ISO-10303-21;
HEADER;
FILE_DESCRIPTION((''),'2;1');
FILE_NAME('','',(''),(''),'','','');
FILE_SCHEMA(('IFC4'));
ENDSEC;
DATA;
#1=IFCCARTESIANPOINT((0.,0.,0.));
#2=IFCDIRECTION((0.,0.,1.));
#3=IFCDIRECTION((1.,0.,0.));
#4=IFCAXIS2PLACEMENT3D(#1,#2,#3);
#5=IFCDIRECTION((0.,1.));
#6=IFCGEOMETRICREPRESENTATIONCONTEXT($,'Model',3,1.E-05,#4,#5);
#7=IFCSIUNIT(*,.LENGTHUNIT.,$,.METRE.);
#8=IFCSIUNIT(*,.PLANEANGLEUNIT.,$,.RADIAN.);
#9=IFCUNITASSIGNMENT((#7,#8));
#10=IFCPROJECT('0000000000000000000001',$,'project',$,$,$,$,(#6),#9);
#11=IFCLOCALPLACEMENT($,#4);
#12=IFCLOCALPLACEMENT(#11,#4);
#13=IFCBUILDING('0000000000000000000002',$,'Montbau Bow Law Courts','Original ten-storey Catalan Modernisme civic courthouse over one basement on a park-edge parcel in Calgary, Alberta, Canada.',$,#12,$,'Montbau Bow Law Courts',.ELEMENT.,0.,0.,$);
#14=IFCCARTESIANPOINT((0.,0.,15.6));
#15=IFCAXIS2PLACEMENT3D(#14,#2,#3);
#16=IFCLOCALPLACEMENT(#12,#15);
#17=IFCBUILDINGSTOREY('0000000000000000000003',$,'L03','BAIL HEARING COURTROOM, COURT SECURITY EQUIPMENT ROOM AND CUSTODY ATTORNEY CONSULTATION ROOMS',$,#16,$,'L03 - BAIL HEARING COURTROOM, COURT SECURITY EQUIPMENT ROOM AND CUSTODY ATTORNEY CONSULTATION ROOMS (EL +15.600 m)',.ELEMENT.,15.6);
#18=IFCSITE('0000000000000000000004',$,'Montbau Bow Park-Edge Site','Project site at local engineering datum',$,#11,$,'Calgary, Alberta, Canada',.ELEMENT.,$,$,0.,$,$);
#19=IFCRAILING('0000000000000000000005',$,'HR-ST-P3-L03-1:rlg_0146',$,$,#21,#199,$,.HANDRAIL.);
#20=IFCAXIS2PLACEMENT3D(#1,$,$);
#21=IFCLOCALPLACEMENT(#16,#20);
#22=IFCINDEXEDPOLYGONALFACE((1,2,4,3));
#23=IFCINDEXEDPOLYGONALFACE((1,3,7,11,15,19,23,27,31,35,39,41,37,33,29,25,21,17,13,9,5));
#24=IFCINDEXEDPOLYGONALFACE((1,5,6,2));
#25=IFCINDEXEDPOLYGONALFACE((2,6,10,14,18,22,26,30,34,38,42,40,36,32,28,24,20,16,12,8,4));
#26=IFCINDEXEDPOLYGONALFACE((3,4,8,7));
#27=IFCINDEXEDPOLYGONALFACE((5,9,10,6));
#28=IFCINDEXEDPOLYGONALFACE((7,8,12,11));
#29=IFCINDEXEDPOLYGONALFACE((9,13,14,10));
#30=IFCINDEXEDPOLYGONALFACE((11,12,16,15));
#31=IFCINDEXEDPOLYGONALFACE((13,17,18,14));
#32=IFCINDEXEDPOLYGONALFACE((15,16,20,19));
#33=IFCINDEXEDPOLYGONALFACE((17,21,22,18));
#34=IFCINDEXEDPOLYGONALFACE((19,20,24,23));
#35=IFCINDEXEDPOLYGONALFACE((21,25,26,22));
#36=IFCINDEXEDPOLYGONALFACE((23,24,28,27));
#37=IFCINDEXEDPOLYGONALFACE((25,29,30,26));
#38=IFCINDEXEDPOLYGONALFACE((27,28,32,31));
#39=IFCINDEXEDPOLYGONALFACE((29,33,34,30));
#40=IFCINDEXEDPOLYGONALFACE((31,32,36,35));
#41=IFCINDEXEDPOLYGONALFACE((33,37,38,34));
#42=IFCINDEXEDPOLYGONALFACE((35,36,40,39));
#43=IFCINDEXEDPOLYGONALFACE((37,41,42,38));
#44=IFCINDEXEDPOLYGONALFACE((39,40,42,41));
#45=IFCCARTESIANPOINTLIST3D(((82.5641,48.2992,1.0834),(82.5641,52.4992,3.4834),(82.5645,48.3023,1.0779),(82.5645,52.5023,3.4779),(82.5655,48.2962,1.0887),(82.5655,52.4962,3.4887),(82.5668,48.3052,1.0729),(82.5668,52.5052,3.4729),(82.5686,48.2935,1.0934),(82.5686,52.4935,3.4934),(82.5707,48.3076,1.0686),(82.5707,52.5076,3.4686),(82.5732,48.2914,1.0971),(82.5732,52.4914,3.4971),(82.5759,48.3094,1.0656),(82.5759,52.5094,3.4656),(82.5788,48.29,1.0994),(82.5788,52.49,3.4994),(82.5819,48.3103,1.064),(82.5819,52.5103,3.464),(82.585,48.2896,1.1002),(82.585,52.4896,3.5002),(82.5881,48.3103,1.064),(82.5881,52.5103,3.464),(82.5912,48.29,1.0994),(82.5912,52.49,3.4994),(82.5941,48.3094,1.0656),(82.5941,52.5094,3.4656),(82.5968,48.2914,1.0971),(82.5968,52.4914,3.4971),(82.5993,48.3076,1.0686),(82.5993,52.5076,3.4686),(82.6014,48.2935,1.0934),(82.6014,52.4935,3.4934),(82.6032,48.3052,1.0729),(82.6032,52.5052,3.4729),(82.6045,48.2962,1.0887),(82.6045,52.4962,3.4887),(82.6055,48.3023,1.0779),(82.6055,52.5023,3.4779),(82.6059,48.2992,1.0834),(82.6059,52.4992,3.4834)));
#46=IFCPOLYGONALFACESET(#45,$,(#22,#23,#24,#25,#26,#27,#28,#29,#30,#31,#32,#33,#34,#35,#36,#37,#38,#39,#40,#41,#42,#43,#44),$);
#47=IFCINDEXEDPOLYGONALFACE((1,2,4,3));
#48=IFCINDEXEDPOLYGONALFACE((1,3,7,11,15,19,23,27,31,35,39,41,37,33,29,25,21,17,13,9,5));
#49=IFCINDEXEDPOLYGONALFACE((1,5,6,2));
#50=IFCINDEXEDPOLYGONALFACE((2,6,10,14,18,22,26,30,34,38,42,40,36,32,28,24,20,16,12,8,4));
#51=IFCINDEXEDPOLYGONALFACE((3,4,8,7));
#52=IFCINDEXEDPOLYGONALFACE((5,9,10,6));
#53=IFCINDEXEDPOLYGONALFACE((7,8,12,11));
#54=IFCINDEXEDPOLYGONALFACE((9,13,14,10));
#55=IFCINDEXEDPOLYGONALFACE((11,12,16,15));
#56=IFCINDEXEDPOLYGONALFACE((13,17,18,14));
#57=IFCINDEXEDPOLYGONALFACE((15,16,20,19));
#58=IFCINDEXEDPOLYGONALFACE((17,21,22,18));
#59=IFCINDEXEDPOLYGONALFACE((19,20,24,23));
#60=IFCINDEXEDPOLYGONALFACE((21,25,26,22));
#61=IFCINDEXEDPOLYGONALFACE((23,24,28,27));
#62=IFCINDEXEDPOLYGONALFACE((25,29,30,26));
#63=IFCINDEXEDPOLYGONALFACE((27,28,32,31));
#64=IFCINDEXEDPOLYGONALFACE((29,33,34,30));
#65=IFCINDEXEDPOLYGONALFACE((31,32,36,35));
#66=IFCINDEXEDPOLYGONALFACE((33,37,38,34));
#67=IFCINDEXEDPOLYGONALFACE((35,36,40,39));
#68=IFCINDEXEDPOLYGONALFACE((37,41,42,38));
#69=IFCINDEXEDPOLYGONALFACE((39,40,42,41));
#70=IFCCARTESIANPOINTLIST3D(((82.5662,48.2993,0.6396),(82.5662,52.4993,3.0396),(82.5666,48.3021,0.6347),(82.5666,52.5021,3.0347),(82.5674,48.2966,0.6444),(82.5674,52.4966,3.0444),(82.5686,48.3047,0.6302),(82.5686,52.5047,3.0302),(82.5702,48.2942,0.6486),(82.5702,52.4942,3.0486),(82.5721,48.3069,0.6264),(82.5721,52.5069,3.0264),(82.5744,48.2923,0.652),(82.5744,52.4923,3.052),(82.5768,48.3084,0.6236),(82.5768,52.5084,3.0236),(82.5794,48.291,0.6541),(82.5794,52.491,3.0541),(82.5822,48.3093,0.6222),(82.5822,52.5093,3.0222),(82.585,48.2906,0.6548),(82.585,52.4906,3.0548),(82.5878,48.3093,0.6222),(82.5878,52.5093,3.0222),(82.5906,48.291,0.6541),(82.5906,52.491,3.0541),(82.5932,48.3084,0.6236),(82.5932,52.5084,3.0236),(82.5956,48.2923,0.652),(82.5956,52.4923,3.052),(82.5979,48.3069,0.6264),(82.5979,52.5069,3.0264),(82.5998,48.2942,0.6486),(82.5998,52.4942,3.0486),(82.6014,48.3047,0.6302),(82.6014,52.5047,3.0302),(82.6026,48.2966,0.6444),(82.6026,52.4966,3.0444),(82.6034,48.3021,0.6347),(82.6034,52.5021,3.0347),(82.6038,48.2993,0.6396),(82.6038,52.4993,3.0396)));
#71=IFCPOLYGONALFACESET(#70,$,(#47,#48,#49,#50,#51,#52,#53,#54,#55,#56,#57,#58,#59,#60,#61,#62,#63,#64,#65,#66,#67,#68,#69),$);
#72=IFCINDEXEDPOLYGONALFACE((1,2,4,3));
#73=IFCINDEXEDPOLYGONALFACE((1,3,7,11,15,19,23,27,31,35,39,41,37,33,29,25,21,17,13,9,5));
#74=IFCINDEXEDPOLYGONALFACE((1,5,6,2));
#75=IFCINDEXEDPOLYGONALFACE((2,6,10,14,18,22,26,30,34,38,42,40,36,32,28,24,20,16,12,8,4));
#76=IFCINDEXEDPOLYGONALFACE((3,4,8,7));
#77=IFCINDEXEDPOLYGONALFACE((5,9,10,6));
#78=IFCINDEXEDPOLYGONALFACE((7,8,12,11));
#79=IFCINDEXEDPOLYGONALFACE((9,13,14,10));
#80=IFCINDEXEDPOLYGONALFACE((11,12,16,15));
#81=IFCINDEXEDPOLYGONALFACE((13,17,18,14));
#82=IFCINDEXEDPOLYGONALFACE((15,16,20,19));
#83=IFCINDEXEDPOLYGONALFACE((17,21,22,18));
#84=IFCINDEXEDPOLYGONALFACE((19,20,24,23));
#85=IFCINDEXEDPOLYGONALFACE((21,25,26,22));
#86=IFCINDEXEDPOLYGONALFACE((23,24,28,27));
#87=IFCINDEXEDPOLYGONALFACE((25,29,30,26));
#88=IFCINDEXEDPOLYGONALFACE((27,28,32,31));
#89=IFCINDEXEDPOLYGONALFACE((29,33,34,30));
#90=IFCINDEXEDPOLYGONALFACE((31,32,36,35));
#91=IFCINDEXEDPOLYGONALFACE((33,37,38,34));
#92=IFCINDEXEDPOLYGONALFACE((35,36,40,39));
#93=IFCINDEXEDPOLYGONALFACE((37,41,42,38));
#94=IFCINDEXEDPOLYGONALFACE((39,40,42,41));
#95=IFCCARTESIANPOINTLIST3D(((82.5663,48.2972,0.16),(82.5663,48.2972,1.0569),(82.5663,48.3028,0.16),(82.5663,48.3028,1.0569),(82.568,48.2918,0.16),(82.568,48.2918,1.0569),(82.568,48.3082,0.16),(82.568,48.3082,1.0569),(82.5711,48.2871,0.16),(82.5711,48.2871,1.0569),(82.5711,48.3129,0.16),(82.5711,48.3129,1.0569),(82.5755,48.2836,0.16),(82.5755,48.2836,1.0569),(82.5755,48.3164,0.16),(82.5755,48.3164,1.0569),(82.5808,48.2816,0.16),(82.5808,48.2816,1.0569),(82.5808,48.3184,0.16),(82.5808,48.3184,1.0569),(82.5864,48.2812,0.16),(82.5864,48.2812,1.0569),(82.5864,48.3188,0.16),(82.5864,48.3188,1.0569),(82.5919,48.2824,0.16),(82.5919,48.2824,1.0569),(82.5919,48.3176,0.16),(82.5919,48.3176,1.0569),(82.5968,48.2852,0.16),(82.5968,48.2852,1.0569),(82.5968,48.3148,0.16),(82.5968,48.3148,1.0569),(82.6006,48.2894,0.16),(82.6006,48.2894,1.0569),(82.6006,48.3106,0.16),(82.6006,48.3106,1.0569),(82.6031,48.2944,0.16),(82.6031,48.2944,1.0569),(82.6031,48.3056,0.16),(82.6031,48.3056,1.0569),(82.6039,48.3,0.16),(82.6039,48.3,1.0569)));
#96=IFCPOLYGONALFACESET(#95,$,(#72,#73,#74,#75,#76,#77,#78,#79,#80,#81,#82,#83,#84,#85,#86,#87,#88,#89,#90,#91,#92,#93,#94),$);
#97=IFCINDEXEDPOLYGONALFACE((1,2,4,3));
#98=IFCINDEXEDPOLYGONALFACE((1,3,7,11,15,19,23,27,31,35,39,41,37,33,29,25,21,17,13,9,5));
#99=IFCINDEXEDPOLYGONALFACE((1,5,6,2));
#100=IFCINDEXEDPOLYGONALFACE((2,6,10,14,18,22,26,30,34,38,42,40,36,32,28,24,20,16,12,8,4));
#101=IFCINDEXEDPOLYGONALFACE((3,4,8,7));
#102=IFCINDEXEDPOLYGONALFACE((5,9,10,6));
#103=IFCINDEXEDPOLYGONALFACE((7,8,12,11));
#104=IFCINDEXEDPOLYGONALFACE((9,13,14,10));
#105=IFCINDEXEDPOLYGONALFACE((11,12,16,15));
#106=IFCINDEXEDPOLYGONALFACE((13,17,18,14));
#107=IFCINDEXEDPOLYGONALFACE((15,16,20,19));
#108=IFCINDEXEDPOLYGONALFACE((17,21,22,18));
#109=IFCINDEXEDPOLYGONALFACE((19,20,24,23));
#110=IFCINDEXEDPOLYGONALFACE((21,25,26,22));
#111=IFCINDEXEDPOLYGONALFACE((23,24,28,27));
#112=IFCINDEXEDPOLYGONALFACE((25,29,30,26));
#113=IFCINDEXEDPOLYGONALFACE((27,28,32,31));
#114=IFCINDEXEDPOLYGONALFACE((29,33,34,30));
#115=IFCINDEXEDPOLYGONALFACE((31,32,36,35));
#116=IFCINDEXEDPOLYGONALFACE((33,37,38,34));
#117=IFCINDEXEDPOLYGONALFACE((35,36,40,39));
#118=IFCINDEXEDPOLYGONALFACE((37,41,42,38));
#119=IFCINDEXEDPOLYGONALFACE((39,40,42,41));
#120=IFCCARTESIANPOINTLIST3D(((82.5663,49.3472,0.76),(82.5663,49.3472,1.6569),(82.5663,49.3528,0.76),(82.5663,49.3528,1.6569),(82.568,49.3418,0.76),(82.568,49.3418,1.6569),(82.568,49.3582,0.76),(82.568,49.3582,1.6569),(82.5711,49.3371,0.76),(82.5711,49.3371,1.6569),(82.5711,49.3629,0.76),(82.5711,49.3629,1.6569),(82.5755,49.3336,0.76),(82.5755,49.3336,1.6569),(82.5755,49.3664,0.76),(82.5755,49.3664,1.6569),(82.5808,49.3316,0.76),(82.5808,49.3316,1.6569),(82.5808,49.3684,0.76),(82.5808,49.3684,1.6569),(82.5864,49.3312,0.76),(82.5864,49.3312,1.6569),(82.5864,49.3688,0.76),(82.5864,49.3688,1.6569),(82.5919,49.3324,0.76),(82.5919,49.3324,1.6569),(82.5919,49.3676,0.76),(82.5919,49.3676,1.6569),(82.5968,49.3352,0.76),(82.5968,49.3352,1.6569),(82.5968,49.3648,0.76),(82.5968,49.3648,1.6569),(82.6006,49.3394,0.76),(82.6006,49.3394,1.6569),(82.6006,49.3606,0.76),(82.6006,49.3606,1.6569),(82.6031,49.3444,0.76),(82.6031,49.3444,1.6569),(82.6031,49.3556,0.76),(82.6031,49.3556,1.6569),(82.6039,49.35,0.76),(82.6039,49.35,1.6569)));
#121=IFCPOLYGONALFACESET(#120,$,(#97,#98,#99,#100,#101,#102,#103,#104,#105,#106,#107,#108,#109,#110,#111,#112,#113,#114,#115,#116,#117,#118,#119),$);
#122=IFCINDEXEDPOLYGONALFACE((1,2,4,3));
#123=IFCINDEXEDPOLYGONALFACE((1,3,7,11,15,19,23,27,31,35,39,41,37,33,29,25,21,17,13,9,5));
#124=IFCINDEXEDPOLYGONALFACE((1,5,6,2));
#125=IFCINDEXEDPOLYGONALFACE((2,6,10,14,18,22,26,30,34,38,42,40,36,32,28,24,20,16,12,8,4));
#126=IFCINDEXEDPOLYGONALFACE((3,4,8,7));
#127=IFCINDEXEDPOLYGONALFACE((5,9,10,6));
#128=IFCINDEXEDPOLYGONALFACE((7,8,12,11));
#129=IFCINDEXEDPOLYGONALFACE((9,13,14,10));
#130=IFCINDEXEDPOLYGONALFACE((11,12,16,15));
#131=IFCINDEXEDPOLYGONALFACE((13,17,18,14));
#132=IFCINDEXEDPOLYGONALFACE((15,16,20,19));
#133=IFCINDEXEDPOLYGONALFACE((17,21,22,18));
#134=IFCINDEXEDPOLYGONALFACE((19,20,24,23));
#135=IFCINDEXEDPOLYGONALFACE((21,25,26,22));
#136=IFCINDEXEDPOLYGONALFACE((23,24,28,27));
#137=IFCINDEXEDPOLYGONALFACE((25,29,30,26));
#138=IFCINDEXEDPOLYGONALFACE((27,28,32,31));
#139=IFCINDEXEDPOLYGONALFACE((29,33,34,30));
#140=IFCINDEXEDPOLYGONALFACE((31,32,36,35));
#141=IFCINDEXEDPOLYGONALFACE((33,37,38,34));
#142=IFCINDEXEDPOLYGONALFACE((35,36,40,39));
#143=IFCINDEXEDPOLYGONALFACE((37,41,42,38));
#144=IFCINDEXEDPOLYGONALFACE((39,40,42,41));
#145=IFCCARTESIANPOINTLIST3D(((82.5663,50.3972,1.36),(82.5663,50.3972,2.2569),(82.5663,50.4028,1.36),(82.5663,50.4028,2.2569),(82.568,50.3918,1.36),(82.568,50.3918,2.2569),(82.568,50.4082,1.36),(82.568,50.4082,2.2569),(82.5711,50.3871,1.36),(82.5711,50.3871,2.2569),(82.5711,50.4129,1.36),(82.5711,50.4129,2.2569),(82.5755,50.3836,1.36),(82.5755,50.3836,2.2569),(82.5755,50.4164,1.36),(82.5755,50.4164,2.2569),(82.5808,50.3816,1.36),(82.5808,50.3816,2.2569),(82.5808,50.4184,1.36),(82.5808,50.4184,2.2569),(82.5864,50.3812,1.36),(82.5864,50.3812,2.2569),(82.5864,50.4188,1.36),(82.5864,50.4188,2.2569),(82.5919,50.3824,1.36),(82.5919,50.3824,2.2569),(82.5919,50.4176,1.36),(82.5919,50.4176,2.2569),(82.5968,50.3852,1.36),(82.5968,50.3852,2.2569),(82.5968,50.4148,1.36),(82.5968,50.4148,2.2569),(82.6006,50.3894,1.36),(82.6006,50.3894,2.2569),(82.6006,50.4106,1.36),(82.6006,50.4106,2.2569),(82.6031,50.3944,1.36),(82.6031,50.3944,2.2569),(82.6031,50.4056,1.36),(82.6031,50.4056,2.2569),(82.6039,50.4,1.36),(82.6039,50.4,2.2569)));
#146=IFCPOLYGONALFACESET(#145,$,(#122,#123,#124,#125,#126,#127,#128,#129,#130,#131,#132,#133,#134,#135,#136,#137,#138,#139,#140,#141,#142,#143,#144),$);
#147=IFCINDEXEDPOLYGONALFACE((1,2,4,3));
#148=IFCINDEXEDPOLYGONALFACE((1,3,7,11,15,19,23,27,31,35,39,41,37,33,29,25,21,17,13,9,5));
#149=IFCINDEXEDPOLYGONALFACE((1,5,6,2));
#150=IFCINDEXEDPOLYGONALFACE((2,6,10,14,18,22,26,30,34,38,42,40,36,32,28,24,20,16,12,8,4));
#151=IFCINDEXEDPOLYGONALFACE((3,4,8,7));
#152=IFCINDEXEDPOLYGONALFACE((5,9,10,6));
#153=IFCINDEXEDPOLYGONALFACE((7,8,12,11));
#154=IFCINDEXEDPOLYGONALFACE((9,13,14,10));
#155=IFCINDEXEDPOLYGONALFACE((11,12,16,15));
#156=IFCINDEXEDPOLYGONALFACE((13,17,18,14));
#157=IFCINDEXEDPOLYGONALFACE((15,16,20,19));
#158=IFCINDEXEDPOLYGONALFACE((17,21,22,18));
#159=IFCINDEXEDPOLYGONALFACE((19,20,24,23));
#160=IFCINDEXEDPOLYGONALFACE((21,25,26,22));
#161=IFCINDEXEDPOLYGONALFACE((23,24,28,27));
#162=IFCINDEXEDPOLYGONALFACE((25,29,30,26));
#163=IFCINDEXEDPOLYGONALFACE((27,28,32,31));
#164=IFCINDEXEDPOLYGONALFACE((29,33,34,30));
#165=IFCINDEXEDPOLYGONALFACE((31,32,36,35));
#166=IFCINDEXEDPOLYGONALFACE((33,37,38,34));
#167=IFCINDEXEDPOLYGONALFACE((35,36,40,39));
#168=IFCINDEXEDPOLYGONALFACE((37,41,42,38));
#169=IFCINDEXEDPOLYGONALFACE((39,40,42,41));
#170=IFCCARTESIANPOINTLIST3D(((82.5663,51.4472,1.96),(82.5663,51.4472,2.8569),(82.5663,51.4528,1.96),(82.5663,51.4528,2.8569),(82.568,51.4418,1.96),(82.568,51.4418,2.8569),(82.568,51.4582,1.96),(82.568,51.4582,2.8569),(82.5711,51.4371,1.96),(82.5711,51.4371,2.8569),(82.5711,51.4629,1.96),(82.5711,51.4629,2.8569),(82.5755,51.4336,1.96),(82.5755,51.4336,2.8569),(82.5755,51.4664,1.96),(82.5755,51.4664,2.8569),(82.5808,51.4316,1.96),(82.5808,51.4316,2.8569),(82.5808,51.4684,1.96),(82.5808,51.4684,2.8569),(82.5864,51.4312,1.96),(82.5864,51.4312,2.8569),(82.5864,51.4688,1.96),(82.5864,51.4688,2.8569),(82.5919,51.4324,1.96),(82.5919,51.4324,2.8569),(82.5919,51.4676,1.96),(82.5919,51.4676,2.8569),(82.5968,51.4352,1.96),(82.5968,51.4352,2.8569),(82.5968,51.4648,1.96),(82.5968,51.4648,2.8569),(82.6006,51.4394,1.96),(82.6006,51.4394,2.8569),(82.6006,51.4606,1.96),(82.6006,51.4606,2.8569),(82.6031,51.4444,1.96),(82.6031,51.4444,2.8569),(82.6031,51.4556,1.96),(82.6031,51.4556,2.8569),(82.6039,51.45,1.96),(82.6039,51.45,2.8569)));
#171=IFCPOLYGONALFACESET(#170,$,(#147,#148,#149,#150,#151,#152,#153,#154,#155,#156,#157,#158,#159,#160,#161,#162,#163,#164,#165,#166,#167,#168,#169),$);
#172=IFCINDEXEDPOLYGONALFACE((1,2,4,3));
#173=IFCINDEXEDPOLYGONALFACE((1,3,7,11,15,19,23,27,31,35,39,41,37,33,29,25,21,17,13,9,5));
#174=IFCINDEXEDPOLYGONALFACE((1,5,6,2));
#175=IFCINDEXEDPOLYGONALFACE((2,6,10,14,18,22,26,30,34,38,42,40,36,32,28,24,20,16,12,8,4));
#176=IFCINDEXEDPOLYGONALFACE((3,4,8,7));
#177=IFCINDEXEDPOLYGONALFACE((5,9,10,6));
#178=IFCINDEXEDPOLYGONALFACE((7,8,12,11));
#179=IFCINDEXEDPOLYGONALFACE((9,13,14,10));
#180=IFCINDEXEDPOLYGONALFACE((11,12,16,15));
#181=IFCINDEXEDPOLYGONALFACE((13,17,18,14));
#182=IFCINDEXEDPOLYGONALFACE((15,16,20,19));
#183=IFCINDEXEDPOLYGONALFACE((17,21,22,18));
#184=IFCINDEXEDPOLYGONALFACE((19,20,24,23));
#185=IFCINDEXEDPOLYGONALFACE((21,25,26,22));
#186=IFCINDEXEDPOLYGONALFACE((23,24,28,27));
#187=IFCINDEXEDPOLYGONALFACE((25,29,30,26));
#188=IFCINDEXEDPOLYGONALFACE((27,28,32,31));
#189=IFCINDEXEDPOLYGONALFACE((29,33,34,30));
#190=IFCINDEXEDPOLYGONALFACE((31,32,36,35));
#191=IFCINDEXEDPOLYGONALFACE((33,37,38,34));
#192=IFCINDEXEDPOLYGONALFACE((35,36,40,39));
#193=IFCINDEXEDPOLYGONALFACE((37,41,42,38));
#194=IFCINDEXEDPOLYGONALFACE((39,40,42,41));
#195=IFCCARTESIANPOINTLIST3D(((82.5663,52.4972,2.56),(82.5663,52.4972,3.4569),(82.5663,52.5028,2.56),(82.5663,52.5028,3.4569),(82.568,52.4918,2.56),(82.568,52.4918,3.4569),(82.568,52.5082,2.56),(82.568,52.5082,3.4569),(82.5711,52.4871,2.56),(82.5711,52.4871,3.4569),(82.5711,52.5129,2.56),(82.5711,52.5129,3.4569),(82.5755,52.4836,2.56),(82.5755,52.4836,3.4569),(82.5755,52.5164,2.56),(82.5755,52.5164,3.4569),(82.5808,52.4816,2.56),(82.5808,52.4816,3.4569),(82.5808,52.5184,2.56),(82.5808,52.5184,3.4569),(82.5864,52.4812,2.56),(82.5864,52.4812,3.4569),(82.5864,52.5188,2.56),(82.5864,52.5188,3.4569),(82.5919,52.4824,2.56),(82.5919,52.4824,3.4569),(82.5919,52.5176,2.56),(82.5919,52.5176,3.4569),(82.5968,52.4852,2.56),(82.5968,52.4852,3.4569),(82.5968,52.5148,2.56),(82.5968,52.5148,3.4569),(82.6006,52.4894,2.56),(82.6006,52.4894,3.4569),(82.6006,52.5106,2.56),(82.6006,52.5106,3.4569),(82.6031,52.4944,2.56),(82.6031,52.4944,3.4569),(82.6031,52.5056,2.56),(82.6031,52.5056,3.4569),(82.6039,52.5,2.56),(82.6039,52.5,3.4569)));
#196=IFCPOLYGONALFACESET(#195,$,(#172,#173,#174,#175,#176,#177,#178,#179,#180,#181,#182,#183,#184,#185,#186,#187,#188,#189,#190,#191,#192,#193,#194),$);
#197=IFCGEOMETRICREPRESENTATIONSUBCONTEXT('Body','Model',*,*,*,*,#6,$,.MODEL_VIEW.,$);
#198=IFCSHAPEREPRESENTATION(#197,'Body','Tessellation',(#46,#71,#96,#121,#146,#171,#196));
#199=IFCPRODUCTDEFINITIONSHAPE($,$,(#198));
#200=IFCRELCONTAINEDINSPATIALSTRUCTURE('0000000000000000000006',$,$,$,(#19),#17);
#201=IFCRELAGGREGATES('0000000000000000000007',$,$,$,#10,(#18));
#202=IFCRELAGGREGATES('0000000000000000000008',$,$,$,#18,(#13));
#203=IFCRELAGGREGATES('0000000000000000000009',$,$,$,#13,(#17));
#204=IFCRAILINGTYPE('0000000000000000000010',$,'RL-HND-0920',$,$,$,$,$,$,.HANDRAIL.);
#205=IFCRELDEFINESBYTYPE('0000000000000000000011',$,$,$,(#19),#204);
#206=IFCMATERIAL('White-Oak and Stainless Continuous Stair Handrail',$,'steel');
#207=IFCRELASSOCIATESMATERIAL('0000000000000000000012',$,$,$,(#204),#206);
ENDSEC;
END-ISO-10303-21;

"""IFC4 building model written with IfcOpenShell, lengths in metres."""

from ifc_helpers import new_model, si_unit, direction, frame, origin_with_axes, origin_2d_with_axis, place, context, subcontext, project, spatial, circle, extrude, material, type_object, element, save


model = new_model("IFC4")

# Units and contexts
model_context = context("Model", 3, precision=1e-05, world=origin_with_axes(), true_north=direction((0.0, 1.0)))
body_context = subcontext(model_context, "Body", "Model", "MODEL_VIEW")
ifc_project = project(units=[si_unit("LENGTHUNIT", "METRE"), si_unit("PLANEANGLEUNIT", "RADIAN")], contexts=[model_context])

# Site, building, storey
site_placement = place(None, origin_with_axes())
site = spatial("IfcSite", under=ifc_project, at=site_placement, Name="Montbau Bow Park-Edge Site", Description="Project site at local engineering datum", LongName="Calgary, Alberta, Canada", CompositionType="ELEMENT", RefElevation=0.0)
building_placement = place(site_placement, origin_with_axes())
building = spatial("IfcBuilding", under=site, at=building_placement, Name="Montbau Bow Law Courts", Description="Original ten-storey Catalan Modernisme civic courthouse over one basement on a park-edge parcel in Calgary, Alberta, Canada.", LongName="Montbau Bow Law Courts", CompositionType="ELEMENT", ElevationOfRefHeight=0.0, ElevationOfTerrain=0.0)
storey_placement = place(building_placement, frame((0.0, 0.0, 15.6), z_axis=(0.0, 0.0, 1.0), x_axis=(1.0, 0.0, 0.0)))
storey = spatial("IfcBuildingStorey", under=building, at=storey_placement, Name="L03", Description="BAIL HEARING COURTROOM, COURT SECURITY EQUIPMENT ROOM AND CUSTODY ATTORNEY CONSULTATION ROOMS", LongName="L03 - BAIL HEARING COURTROOM, COURT SECURITY EQUIPMENT ROOM AND CUSTODY ATTORNEY CONSULTATION ROOMS (EL +15.600 m)", CompositionType="ELEMENT", Elevation=15.6)

# Railing
ifc_material_1 = material(Name="White-Oak and Stainless Continuous Stair Handrail", Category="steel")
railing_type_1 = type_object("IfcRailingType", Name="RL-HND-0920", PredefinedType="HANDRAIL", material=ifc_material_1)
railing_1_placement = place(None, origin_with_axes())
element("IfcRailing", 1, at=railing_1_placement, inside=storey, type_object=railing_type_1, Name="HR-ST-P3-L03-1:rlg_0146", PredefinedType="HANDRAIL", context=body_context, shape_type="SweptSolid", body=[
    extrude(circle(Radius=0.021, at=origin_2d_with_axis()), frame((82.585, 48.3, 16.682), z_axis=(0.0, 0.868243, 0.496139), x_axis=(0.0, -0.496139, 0.868243)), (0.0, 0.0, 1.0), 4.8374),
    extrude(circle(Radius=0.0189, at=origin_2d_with_axis()), frame((82.585, 48.3, 16.2384), z_axis=(0.0, 0.868243, 0.496139), x_axis=(0.0, -0.496139, 0.868243)), (0.0, 0.0, 1.0), 4.8374),
    extrude(circle(Radius=0.0189, at=origin_2d_with_axis()), frame((82.585, 48.3, 15.76), z_axis=(0.0, 0.0, 1.0), x_axis=(1.0, 0.0, 0.0)), (0.0, 0.0, 1.0), 0.8969),
    extrude(circle(Radius=0.0189, at=origin_2d_with_axis()), frame((82.585, 49.35, 16.36), z_axis=(0.0, 0.0, 1.0), x_axis=(1.0, 0.0, 0.0)), (0.0, 0.0, 1.0), 0.8969),
    extrude(circle(Radius=0.0189, at=origin_2d_with_axis()), frame((82.585, 50.4, 16.96), z_axis=(0.0, 0.0, 1.0), x_axis=(1.0, 0.0, 0.0)), (0.0, 0.0, 1.0), 0.8969),
    extrude(circle(Radius=0.0189, at=origin_2d_with_axis()), frame((82.585, 51.45, 17.56), z_axis=(0.0, 0.0, 1.0), x_axis=(1.0, 0.0, 0.0)), (0.0, 0.0, 1.0), 0.8969),
    extrude(circle(Radius=0.0189, at=origin_2d_with_axis()), frame((82.585, 52.5, 18.16), z_axis=(0.0, 0.0, 1.0), x_axis=(1.0, 0.0, 0.0)), (0.0, 0.0, 1.0), 0.8969),
])

save(model, "model.ifc")
